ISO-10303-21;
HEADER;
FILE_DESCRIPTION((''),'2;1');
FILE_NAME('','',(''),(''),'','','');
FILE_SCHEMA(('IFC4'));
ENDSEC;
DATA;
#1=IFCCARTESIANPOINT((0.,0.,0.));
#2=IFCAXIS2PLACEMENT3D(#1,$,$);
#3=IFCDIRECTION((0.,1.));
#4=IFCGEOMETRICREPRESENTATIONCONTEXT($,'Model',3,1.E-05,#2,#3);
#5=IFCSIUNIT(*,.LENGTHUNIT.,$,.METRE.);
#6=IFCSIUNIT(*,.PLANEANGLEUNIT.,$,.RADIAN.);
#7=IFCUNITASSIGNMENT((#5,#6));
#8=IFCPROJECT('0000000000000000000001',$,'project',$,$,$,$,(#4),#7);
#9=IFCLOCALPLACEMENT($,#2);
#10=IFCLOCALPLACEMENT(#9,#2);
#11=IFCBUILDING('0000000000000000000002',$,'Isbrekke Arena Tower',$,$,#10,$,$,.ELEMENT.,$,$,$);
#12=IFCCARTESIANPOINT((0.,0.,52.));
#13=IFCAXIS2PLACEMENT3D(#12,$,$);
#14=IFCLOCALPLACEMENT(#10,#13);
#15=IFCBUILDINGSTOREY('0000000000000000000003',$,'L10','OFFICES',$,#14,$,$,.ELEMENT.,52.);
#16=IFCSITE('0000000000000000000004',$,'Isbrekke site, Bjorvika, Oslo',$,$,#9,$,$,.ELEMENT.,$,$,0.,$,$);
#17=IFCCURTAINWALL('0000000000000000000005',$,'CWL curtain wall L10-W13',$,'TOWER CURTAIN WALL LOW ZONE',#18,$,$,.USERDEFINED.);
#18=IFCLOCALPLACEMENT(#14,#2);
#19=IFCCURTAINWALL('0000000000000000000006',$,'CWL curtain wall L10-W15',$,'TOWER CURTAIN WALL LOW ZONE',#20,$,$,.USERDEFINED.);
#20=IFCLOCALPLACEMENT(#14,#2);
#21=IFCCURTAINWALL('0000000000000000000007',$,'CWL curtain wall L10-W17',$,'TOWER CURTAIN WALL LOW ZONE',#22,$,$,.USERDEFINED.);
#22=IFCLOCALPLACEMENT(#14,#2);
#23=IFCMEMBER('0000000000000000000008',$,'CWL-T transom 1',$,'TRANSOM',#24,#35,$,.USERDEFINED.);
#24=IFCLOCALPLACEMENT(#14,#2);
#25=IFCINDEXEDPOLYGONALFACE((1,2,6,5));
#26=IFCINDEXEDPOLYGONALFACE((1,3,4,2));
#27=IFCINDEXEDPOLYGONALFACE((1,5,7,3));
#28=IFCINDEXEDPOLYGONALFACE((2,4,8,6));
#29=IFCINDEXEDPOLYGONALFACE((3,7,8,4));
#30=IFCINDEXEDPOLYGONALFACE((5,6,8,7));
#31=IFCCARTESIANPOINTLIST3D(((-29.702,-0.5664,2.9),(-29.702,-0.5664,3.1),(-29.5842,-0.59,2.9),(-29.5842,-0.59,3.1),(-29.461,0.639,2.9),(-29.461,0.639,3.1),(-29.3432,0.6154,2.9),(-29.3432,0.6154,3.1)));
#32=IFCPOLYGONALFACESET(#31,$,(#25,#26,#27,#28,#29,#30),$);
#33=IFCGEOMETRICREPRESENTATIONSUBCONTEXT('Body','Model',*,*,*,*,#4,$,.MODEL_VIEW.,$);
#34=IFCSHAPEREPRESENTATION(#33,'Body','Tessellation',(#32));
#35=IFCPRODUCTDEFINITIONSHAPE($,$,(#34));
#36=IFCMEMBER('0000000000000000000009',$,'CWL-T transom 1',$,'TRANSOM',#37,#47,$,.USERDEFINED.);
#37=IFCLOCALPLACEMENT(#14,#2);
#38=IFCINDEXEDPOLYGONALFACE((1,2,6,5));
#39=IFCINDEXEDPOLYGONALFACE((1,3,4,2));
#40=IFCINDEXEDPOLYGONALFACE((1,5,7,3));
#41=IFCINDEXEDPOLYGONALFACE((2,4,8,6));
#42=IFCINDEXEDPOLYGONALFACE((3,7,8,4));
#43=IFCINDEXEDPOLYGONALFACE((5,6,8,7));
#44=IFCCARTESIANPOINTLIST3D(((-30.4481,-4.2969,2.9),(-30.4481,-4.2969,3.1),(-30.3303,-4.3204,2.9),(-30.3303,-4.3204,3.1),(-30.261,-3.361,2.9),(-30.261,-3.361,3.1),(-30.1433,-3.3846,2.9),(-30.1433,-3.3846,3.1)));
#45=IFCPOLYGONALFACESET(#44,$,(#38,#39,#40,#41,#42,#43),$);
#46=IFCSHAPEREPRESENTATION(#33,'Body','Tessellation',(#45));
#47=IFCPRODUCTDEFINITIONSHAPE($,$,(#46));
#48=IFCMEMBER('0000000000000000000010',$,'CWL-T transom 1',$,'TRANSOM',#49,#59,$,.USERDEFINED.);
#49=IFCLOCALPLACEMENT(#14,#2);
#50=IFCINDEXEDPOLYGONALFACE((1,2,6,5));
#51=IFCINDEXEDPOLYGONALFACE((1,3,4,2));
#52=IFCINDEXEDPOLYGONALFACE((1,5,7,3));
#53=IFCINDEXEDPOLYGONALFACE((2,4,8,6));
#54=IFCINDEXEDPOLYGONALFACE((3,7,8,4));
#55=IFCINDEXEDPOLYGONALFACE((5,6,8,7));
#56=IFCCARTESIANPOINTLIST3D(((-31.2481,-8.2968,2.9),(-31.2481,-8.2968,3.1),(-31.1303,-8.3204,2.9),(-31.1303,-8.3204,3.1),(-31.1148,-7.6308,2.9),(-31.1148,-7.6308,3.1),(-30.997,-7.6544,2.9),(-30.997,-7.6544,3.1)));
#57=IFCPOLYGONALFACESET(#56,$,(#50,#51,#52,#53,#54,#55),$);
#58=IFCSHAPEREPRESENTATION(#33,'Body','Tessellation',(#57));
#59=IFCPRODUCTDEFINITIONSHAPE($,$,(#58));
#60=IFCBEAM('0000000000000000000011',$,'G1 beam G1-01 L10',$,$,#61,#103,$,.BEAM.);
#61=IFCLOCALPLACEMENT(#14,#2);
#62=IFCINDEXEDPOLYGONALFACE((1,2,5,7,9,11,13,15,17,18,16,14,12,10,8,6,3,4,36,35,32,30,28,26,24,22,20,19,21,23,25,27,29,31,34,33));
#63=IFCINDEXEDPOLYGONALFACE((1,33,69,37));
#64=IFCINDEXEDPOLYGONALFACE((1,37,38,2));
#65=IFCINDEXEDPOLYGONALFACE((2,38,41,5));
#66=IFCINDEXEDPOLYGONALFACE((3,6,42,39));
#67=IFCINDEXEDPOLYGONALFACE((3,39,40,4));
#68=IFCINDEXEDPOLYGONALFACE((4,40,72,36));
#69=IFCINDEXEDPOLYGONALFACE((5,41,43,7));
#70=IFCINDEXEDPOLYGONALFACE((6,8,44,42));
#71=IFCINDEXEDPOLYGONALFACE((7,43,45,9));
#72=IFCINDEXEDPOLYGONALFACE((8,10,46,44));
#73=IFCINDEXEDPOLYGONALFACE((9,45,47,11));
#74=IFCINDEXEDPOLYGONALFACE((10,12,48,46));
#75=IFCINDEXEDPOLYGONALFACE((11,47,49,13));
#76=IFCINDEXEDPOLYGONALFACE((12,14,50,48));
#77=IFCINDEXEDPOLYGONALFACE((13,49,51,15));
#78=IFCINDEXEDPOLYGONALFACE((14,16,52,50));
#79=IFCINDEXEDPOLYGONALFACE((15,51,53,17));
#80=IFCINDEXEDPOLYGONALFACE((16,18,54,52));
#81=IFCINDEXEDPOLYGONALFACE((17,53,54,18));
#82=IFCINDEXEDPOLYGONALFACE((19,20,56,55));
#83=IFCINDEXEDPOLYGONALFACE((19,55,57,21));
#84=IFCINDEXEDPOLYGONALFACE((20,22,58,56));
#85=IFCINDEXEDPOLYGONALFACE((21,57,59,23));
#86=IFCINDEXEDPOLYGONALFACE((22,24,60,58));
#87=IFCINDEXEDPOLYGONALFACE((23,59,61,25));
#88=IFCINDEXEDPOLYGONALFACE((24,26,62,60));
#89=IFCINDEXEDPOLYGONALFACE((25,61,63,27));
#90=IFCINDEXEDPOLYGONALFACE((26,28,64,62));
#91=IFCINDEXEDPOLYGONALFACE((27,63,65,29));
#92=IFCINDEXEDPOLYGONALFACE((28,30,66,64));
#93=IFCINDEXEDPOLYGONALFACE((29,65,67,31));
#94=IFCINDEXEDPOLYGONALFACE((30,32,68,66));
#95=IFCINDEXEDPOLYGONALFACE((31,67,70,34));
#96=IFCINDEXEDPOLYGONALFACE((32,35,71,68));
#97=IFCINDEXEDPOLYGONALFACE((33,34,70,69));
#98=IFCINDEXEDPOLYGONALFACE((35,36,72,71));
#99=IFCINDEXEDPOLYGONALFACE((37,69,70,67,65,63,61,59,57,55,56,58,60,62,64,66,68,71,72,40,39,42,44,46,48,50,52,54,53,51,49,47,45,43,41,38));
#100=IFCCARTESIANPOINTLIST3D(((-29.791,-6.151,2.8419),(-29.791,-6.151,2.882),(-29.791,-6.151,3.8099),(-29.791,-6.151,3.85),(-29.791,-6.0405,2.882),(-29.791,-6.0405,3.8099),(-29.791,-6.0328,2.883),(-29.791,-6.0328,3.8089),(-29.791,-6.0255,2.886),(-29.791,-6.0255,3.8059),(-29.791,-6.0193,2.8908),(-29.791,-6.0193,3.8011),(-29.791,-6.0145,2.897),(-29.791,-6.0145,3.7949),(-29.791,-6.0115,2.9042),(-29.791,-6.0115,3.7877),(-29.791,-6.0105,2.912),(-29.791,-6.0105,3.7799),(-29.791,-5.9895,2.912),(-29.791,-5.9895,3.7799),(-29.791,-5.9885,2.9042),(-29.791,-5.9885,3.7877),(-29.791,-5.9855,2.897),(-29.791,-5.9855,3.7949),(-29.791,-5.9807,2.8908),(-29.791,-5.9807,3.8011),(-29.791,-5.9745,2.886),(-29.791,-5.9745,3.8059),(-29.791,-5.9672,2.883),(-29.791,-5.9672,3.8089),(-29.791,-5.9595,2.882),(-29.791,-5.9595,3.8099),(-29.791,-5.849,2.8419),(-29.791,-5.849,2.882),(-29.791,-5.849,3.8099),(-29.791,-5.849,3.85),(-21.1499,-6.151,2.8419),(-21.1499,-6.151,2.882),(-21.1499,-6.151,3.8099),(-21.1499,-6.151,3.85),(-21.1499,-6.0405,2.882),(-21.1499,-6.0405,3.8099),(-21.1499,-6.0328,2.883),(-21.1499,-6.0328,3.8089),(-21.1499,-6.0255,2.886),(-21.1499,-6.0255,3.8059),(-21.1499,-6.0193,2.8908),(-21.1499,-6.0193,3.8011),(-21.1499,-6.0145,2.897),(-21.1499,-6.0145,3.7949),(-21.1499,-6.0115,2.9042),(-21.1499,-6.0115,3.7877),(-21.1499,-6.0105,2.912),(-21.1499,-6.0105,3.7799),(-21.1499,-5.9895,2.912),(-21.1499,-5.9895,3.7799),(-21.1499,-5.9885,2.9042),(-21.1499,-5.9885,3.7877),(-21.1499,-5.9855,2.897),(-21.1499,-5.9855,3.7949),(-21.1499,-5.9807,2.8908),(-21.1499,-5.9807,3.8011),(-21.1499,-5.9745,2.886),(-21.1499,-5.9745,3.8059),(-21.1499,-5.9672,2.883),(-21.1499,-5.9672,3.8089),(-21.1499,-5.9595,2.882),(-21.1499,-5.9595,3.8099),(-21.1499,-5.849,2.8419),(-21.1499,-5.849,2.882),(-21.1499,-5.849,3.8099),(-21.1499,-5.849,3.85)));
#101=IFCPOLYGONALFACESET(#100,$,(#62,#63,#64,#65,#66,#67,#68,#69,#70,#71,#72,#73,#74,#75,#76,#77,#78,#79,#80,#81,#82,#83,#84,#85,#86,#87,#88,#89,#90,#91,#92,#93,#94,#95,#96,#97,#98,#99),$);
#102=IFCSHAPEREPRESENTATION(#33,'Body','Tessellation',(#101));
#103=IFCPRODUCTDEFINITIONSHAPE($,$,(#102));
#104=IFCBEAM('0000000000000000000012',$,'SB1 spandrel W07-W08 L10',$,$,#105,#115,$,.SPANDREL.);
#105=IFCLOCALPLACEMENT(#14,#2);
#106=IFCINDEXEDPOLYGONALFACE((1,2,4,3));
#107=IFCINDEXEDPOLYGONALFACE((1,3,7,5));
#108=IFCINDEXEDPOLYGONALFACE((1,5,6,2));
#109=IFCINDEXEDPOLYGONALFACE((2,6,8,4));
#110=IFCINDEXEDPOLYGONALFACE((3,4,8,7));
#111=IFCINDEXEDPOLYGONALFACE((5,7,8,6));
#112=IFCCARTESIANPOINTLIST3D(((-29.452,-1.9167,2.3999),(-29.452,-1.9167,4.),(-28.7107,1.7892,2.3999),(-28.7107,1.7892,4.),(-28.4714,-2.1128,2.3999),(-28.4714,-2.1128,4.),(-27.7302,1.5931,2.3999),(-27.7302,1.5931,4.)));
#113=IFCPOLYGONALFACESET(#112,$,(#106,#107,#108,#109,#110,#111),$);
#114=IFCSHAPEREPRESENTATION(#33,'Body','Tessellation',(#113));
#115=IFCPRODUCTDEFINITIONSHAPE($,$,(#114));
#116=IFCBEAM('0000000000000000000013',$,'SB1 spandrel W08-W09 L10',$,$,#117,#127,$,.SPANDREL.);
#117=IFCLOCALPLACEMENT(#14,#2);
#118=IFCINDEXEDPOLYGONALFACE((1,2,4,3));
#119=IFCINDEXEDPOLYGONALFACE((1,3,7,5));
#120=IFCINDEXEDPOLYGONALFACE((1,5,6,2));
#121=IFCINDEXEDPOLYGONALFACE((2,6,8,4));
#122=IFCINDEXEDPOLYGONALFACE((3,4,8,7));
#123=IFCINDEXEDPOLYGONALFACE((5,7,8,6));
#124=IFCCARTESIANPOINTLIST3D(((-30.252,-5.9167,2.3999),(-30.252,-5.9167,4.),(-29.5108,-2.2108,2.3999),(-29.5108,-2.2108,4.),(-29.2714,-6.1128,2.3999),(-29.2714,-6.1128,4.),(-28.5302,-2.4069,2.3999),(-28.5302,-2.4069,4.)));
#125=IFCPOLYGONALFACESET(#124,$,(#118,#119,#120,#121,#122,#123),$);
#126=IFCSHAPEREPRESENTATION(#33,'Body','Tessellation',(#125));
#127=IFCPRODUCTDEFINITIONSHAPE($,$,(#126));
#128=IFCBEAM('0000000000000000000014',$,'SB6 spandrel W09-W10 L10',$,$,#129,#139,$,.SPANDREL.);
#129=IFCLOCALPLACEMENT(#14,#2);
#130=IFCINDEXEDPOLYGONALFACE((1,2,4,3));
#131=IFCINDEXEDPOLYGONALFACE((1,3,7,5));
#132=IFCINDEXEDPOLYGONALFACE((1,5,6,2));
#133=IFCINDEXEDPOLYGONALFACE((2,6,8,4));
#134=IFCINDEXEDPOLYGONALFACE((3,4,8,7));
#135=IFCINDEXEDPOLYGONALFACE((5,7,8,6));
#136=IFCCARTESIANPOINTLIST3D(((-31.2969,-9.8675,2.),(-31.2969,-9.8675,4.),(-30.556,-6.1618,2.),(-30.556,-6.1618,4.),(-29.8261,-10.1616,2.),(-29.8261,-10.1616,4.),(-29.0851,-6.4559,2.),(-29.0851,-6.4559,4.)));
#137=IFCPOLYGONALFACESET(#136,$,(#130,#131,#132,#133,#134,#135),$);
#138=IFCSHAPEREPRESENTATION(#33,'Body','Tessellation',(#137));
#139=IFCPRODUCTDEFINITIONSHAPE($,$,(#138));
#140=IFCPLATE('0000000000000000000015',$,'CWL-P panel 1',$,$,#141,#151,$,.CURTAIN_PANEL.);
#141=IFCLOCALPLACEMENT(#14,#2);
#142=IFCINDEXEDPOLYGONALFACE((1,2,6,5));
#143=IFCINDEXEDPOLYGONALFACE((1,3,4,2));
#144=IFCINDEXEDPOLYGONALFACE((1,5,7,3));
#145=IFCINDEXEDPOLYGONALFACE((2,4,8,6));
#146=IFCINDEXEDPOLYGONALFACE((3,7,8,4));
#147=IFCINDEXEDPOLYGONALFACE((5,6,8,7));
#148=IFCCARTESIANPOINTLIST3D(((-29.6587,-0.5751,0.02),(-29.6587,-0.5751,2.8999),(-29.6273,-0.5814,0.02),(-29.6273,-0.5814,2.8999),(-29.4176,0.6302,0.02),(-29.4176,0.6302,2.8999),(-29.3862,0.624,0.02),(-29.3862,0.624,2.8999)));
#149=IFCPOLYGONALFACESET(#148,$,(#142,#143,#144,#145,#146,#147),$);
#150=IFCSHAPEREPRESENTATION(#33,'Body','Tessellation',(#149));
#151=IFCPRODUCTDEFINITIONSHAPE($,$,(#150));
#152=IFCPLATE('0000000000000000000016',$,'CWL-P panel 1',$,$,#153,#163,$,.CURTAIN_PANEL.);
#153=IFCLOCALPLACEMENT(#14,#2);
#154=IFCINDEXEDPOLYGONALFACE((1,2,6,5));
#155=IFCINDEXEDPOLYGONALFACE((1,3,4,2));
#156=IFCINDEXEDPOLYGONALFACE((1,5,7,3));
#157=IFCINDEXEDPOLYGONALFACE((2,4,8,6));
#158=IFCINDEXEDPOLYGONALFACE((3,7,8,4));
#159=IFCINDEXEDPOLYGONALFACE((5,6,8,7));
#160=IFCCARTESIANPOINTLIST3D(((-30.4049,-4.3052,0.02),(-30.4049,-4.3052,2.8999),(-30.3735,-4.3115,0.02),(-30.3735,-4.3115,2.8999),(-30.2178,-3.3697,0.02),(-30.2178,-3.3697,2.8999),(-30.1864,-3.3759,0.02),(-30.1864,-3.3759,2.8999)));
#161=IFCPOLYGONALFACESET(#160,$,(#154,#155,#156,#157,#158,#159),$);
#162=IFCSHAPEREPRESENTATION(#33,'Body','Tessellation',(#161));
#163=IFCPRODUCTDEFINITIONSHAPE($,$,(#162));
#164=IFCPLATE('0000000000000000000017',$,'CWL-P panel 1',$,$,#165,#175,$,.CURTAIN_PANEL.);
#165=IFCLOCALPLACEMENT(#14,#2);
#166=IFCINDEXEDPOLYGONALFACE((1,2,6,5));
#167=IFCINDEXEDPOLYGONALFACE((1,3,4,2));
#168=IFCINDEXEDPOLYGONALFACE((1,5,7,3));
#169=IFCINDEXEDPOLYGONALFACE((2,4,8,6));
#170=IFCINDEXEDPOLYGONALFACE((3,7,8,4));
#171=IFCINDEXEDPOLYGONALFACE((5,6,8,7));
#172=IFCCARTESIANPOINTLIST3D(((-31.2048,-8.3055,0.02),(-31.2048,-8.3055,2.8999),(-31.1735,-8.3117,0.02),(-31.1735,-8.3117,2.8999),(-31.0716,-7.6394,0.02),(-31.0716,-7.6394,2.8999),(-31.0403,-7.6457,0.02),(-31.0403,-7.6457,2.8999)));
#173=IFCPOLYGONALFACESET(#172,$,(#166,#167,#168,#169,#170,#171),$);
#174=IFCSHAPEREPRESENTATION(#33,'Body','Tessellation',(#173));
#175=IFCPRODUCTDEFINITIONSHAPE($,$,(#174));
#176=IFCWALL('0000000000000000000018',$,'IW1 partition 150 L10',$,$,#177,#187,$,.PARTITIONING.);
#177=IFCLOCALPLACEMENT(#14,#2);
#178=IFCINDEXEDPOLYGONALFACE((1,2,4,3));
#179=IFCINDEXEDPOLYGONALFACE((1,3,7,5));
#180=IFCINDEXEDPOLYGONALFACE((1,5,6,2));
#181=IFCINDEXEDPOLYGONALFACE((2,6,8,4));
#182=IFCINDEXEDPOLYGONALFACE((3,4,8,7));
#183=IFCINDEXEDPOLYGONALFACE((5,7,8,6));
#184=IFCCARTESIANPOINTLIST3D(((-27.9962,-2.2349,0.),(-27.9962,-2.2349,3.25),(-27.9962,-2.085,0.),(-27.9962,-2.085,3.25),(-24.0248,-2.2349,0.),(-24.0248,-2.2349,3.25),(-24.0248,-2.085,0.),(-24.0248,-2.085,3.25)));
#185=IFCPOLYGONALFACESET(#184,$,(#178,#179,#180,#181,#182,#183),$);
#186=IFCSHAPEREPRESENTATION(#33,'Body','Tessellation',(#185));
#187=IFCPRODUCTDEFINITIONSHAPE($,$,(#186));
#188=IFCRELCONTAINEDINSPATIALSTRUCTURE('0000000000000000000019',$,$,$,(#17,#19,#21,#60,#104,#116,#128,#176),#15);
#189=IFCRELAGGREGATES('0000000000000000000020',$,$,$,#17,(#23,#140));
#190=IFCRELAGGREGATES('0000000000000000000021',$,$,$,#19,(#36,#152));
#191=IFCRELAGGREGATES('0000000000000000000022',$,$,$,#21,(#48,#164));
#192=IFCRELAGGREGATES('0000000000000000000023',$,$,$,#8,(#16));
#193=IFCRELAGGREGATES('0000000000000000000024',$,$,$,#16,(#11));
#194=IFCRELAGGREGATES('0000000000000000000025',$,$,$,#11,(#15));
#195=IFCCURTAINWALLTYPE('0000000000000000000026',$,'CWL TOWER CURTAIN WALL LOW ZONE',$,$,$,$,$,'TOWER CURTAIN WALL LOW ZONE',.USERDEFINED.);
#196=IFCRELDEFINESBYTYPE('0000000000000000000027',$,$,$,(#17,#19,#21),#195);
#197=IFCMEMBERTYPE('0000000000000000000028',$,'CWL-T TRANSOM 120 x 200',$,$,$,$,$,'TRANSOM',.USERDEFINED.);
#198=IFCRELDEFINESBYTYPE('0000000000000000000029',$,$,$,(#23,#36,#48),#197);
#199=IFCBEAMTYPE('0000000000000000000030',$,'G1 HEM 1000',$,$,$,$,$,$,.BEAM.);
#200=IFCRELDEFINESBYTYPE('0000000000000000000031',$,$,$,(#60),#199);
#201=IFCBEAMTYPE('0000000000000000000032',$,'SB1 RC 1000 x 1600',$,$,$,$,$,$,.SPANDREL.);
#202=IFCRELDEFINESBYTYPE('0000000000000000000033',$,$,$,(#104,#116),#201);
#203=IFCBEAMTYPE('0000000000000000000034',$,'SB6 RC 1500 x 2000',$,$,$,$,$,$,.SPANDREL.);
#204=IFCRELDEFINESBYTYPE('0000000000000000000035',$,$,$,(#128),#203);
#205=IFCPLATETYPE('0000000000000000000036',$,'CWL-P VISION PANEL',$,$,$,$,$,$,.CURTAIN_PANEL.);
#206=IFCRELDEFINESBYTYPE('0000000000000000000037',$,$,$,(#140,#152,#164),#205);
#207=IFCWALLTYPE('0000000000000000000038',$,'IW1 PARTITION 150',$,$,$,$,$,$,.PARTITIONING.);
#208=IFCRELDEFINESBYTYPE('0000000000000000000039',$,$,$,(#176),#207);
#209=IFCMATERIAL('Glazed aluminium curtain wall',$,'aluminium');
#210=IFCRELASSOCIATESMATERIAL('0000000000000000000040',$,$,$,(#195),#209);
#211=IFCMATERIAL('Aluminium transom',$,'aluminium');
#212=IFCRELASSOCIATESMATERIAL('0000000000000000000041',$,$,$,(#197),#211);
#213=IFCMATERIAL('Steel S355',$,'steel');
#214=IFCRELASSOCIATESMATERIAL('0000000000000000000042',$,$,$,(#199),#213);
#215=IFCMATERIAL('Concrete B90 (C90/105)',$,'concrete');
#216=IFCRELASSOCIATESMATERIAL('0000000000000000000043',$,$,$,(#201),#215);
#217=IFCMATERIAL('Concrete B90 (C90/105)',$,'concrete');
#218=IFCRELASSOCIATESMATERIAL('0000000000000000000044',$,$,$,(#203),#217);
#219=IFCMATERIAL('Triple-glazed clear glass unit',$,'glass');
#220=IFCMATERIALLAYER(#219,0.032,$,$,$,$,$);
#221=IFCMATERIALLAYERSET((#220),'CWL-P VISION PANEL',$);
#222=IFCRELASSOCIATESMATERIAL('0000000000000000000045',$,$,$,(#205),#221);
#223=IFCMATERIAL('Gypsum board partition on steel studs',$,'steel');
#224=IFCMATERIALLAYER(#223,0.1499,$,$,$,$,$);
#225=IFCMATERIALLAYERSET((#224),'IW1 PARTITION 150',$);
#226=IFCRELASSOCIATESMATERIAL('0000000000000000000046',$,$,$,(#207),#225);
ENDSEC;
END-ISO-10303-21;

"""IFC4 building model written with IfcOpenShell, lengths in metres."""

from ifc_helpers import new_model, si_unit, direction, frame, frame_2d, origin, origin_2d, place, context, subcontext, project, spatial, rectangle, i_section, extrude, material, layer, layer_set, material_profile, profile_set, type_object, element, aggregate, save


model = new_model("IFC4")

# Units and contexts
model_context = context("Model", 3, precision=1e-05, world=origin(), true_north=direction((0.0, 1.0)))
body_context = subcontext(model_context, "Body", "Model", "MODEL_VIEW")
ifc_project = project(units=[si_unit("LENGTHUNIT", "METRE"), si_unit("PLANEANGLEUNIT", "RADIAN")], contexts=[model_context])

# Site, building, storey
site_placement = place(None, origin())
site = spatial("IfcSite", under=ifc_project, at=site_placement, Name="Isbrekke site, Bjorvika, Oslo", CompositionType="ELEMENT", RefElevation=0.0)
building_placement = place(site_placement, origin())
building = spatial("IfcBuilding", under=site, at=building_placement, Name="Isbrekke Arena Tower", CompositionType="ELEMENT")
storey_placement = place(building_placement, frame((0.0, 0.0, 52.0)))
storey = spatial("IfcBuildingStorey", under=building, at=storey_placement, Name="L10", Description="OFFICES", CompositionType="ELEMENT", Elevation=52.0)

# Shared definitions
ifc_material_1 = material(Name="Glazed aluminium curtain wall", Category="aluminium")
curtain_wall_type = type_object("IfcCurtainWallType", Name="CWL TOWER CURTAIN WALL LOW ZONE", ElementType="TOWER CURTAIN WALL LOW ZONE", PredefinedType="USERDEFINED", material=ifc_material_1)

# Curtain walls
curtain_wall_1_placement = place(storey_placement, origin())
curtain_wall_1 = element("IfcCurtainWall", 1, at=curtain_wall_1_placement, inside=storey, type_object=curtain_wall_type, Name="CWL curtain wall L10-W13", ObjectType="TOWER CURTAIN WALL LOW ZONE", PredefinedType="USERDEFINED")
curtain_wall_2_placement = place(storey_placement, origin())
curtain_wall_2 = element("IfcCurtainWall", 2, at=curtain_wall_2_placement, inside=storey, type_object=curtain_wall_type, Name="CWL curtain wall L10-W15", ObjectType="TOWER CURTAIN WALL LOW ZONE", PredefinedType="USERDEFINED")
curtain_wall_3_placement = place(storey_placement, origin())
curtain_wall_3 = element("IfcCurtainWall", 3, at=curtain_wall_3_placement, inside=storey, type_object=curtain_wall_type, Name="CWL curtain wall L10-W17", ObjectType="TOWER CURTAIN WALL LOW ZONE", PredefinedType="USERDEFINED")

# Members
ifc_material_2 = material(Name="Aluminium transom", Category="aluminium")
ifc_material_profile_1 = material_profile(ifc_material_2, rectangle(XDim=0.1201, YDim=0.2, at=origin_2d()), Name="TRANSOM 120X200")
ifc_profile_set_1 = profile_set([ifc_material_profile_1], Name="Aluminium transom")
member_type_1 = type_object("IfcMemberType", Name="CWL-T TRANSOM 120 x 200", ElementType="TRANSOM", PredefinedType="USERDEFINED", material=ifc_profile_set_1)
member_1_placement = place(storey_placement, frame((-29.4021, 0.6272, 3.0), z_axis=(-0.19604, -0.980596, 0.0), x_axis=(0.980596, -0.19604, 0.0)))
member_1 = element("IfcMember", 4, at=member_1_placement, type_object=member_type_1, Name="CWL-T transom 1", ObjectType="TRANSOM", PredefinedType="USERDEFINED", context=body_context, shape_type="SweptSolid", body=[
    extrude(rectangle(XDim=0.1201, YDim=0.2, at=origin_2d()), origin(), (0.0, 0.0, 1.0), 1.2292),
])
member_2_placement = place(storey_placement, frame((-30.2021, -3.3728, 3.0), z_axis=(-0.195969, -0.98061, 0.0), x_axis=(0.98061, -0.195969, 0.0)))
member_2 = element("IfcMember", 5, at=member_2_placement, type_object=member_type_1, Name="CWL-T transom 1", ObjectType="TRANSOM", PredefinedType="USERDEFINED", context=body_context, shape_type="SweptSolid", body=[
    extrude(rectangle(XDim=0.1201, YDim=0.2, at=origin_2d()), origin(), (0.0, 0.0, 1.0), 0.9543),
])
member_3_placement = place(storey_placement, frame((-31.0559, -7.6426, 3.0), z_axis=(-0.196254, -0.980553, 0.0), x_axis=(0.980553, -0.196254, 0.0)))
member_3 = element("IfcMember", 6, at=member_3_placement, type_object=member_type_1, Name="CWL-T transom 1", ObjectType="TRANSOM", PredefinedType="USERDEFINED", context=body_context, shape_type="SweptSolid", body=[
    extrude(rectangle(XDim=0.1201, YDim=0.2, at=origin_2d()), origin(), (0.0, 0.0, 1.0), 0.6792),
])

# Beams
ifc_material_3 = material(Name="Steel S355", Category="steel")
ifc_material_profile_2 = material_profile(ifc_material_3, i_section(OverallWidth=0.302, OverallDepth=1.0081, WebThickness=0.021, FlangeThickness=0.04, FilletRadius=0.03, at=origin_2d()), Name="HEM 1000")
ifc_profile_set_2 = profile_set([ifc_material_profile_2], Name="Steel S355")
beam_type_1 = type_object("IfcBeamType", Name="G1 HEM 1000", PredefinedType="BEAM", material=ifc_profile_set_2)
beam_1_placement = place(storey_placement, frame((-29.791, -6.0, 3.3459), z_axis=(1.0, 0.0, 0.0), x_axis=(0.0, 1.0, 0.0)))
element("IfcBeam", 7, at=beam_1_placement, inside=storey, type_object=beam_type_1, Name="G1 beam G1-01 L10", PredefinedType="BEAM", context=body_context, shape_type="SweptSolid", body=[
    extrude(i_section(OverallWidth=0.302, OverallDepth=1.0081, WebThickness=0.021, FlangeThickness=0.04, FilletRadius=0.03, at=origin_2d()), origin(), (0.0, 0.0, 1.0), 8.6411),
])
ifc_material_4 = material(Name="Concrete B90 (C90/105)", Category="concrete")
ifc_material_profile_3 = material_profile(ifc_material_4, rectangle(XDim=1.0, YDim=1.6001, at=origin_2d()), Name="RC 1000x1600")
ifc_profile_set_3 = profile_set([ifc_material_profile_3], Name="Concrete B90 (C90/105)")
beam_type_2 = type_object("IfcBeamType", Name="SB1 RC 1000 x 1600", PredefinedType="SPANDREL", material=ifc_profile_set_3)
for number, where, z_axis, x_axis, name in (
    (8, (-28.2205, 1.6912, 3.2), (-0.196129, -0.980578, 0.0), (0.980578, -0.196129, 0.0), "SB1 spandrel W07-W08 L10"),
    (9, (-29.0205, -2.3088, 3.2), (-0.196129, -0.980578, 0.0), (0.980578, -0.196129, 0.0), "SB1 spandrel W08-W09 L10"),
):
    element("IfcBeam", number, at=place(storey_placement, frame(where, z_axis=z_axis, x_axis=x_axis)), inside=storey, type_object=beam_type_2, Name=name, PredefinedType="SPANDREL", context=body_context, shape_type="SweptSolid", body=[
        extrude(rectangle(XDim=1.0, YDim=1.6001, at=origin_2d()), origin(), (0.0, 0.0, 1.0), 3.7793),
    ])
ifc_material_5 = material(Name="Concrete B90 (C90/105)", Category="concrete")
ifc_material_profile_4 = material_profile(ifc_material_5, rectangle(XDim=1.5, YDim=2.0, at=origin_2d()), Name="RC 1500x2000")
ifc_profile_set_4 = profile_set([ifc_material_profile_4], Name="Concrete B90 (C90/105)")
beam_type_3 = type_object("IfcBeamType", Name="SB6 RC 1500 x 2000", PredefinedType="SPANDREL", material=ifc_profile_set_4)
beam_2_placement = place(storey_placement, frame((-29.8206, -6.3088, 3.0), z_axis=(-0.196066, -0.980591, 0.0), x_axis=(0.980591, -0.196066, 0.0)))
element("IfcBeam", 10, at=beam_2_placement, inside=storey, type_object=beam_type_3, Name="SB6 spandrel W09-W10 L10", PredefinedType="SPANDREL", context=body_context, shape_type="SweptSolid", body=[
    extrude(rectangle(XDim=1.5, YDim=2.0, at=origin_2d()), origin(), (0.0, 0.0, 1.0), 3.7791),
])

# Plates
ifc_material_6 = material(Name="Triple-glazed clear glass unit", Category="glass")
ifc_layer_1 = layer(ifc_material_6, 0.032)
ifc_layer_set_1 = layer_set([ifc_layer_1], Name="CWL-P VISION PANEL")
plate_type = type_object("IfcPlateType", Name="CWL-P VISION PANEL", PredefinedType="CURTAIN_PANEL", material=ifc_layer_set_1)
plate_1_placement = place(storey_placement, frame((-29.5225, 0.0244, 0.02), z_axis=(0.0, 0.0, 1.0), x_axis=(-0.196116, -0.980581, 0.0)))
plate_1 = element("IfcPlate", 11, at=plate_1_placement, type_object=plate_type, Name="CWL-P panel 1", PredefinedType="CURTAIN_PANEL", context=body_context, shape_type="SweptSolid", body=[
    extrude(rectangle(XDim=1.2292, YDim=0.032, at=origin_2d()), origin(), (0.0, 0.0, 1.0), 2.8799),
])
aggregate(curtain_wall_1, [member_1, plate_1])
plate_2_placement = place(storey_placement, frame((-30.2957, -3.8406, 0.02), z_axis=(0.0, 0.0, 1.0), x_axis=(-0.196116, -0.980581, 0.0)))
plate_2 = element("IfcPlate", 12, at=plate_2_placement, type_object=plate_type, Name="CWL-P panel 1", PredefinedType="CURTAIN_PANEL", context=body_context, shape_type="SweptSolid", body=[
    extrude(rectangle(XDim=0.9541, YDim=0.032, at=origin_2d()), origin(), (0.0, 0.0, 1.0), 2.8799),
])
aggregate(curtain_wall_2, [member_2, plate_2])
plate_3_placement = place(storey_placement, frame((-31.1226, -7.9756, 0.02), z_axis=(0.0, 0.0, 1.0), x_axis=(-0.196116, -0.980581, 0.0)))
plate_3 = element("IfcPlate", 13, at=plate_3_placement, type_object=plate_type, Name="CWL-P panel 1", PredefinedType="CURTAIN_PANEL", context=body_context, shape_type="SweptSolid", body=[
    extrude(rectangle(XDim=0.6792, YDim=0.032, at=origin_2d()), origin(), (0.0, 0.0, 1.0), 2.8799),
])
aggregate(curtain_wall_3, [member_3, plate_3])

# Wall
ifc_material_7 = material(Name="Gypsum board partition on steel studs", Category="steel")
ifc_layer_2 = layer(ifc_material_7, 0.1499)
ifc_layer_set_2 = layer_set([ifc_layer_2], Name="IW1 PARTITION 150")
wall_type = type_object("IfcWallType", Name="IW1 PARTITION 150", PredefinedType="PARTITIONING", material=ifc_layer_set_2)
wall_1_placement = place(storey_placement, frame((-27.9963, -2.1599, 0.0), z_axis=(0.0, 0.0, 1.0), x_axis=(1.0, 0.0, 0.0)))
element("IfcWall", 14, at=wall_1_placement, inside=storey, type_object=wall_type, Name="IW1 partition 150 L10", PredefinedType="PARTITIONING", context=body_context, shape_type="SweptSolid", body=[
    extrude(rectangle(XDim=3.9714, YDim=0.1499, at=frame_2d((1.9858, 0.0))), origin(), (0.0, 0.0, 1.0), 3.25),
])

save(model, "model.ifc")
